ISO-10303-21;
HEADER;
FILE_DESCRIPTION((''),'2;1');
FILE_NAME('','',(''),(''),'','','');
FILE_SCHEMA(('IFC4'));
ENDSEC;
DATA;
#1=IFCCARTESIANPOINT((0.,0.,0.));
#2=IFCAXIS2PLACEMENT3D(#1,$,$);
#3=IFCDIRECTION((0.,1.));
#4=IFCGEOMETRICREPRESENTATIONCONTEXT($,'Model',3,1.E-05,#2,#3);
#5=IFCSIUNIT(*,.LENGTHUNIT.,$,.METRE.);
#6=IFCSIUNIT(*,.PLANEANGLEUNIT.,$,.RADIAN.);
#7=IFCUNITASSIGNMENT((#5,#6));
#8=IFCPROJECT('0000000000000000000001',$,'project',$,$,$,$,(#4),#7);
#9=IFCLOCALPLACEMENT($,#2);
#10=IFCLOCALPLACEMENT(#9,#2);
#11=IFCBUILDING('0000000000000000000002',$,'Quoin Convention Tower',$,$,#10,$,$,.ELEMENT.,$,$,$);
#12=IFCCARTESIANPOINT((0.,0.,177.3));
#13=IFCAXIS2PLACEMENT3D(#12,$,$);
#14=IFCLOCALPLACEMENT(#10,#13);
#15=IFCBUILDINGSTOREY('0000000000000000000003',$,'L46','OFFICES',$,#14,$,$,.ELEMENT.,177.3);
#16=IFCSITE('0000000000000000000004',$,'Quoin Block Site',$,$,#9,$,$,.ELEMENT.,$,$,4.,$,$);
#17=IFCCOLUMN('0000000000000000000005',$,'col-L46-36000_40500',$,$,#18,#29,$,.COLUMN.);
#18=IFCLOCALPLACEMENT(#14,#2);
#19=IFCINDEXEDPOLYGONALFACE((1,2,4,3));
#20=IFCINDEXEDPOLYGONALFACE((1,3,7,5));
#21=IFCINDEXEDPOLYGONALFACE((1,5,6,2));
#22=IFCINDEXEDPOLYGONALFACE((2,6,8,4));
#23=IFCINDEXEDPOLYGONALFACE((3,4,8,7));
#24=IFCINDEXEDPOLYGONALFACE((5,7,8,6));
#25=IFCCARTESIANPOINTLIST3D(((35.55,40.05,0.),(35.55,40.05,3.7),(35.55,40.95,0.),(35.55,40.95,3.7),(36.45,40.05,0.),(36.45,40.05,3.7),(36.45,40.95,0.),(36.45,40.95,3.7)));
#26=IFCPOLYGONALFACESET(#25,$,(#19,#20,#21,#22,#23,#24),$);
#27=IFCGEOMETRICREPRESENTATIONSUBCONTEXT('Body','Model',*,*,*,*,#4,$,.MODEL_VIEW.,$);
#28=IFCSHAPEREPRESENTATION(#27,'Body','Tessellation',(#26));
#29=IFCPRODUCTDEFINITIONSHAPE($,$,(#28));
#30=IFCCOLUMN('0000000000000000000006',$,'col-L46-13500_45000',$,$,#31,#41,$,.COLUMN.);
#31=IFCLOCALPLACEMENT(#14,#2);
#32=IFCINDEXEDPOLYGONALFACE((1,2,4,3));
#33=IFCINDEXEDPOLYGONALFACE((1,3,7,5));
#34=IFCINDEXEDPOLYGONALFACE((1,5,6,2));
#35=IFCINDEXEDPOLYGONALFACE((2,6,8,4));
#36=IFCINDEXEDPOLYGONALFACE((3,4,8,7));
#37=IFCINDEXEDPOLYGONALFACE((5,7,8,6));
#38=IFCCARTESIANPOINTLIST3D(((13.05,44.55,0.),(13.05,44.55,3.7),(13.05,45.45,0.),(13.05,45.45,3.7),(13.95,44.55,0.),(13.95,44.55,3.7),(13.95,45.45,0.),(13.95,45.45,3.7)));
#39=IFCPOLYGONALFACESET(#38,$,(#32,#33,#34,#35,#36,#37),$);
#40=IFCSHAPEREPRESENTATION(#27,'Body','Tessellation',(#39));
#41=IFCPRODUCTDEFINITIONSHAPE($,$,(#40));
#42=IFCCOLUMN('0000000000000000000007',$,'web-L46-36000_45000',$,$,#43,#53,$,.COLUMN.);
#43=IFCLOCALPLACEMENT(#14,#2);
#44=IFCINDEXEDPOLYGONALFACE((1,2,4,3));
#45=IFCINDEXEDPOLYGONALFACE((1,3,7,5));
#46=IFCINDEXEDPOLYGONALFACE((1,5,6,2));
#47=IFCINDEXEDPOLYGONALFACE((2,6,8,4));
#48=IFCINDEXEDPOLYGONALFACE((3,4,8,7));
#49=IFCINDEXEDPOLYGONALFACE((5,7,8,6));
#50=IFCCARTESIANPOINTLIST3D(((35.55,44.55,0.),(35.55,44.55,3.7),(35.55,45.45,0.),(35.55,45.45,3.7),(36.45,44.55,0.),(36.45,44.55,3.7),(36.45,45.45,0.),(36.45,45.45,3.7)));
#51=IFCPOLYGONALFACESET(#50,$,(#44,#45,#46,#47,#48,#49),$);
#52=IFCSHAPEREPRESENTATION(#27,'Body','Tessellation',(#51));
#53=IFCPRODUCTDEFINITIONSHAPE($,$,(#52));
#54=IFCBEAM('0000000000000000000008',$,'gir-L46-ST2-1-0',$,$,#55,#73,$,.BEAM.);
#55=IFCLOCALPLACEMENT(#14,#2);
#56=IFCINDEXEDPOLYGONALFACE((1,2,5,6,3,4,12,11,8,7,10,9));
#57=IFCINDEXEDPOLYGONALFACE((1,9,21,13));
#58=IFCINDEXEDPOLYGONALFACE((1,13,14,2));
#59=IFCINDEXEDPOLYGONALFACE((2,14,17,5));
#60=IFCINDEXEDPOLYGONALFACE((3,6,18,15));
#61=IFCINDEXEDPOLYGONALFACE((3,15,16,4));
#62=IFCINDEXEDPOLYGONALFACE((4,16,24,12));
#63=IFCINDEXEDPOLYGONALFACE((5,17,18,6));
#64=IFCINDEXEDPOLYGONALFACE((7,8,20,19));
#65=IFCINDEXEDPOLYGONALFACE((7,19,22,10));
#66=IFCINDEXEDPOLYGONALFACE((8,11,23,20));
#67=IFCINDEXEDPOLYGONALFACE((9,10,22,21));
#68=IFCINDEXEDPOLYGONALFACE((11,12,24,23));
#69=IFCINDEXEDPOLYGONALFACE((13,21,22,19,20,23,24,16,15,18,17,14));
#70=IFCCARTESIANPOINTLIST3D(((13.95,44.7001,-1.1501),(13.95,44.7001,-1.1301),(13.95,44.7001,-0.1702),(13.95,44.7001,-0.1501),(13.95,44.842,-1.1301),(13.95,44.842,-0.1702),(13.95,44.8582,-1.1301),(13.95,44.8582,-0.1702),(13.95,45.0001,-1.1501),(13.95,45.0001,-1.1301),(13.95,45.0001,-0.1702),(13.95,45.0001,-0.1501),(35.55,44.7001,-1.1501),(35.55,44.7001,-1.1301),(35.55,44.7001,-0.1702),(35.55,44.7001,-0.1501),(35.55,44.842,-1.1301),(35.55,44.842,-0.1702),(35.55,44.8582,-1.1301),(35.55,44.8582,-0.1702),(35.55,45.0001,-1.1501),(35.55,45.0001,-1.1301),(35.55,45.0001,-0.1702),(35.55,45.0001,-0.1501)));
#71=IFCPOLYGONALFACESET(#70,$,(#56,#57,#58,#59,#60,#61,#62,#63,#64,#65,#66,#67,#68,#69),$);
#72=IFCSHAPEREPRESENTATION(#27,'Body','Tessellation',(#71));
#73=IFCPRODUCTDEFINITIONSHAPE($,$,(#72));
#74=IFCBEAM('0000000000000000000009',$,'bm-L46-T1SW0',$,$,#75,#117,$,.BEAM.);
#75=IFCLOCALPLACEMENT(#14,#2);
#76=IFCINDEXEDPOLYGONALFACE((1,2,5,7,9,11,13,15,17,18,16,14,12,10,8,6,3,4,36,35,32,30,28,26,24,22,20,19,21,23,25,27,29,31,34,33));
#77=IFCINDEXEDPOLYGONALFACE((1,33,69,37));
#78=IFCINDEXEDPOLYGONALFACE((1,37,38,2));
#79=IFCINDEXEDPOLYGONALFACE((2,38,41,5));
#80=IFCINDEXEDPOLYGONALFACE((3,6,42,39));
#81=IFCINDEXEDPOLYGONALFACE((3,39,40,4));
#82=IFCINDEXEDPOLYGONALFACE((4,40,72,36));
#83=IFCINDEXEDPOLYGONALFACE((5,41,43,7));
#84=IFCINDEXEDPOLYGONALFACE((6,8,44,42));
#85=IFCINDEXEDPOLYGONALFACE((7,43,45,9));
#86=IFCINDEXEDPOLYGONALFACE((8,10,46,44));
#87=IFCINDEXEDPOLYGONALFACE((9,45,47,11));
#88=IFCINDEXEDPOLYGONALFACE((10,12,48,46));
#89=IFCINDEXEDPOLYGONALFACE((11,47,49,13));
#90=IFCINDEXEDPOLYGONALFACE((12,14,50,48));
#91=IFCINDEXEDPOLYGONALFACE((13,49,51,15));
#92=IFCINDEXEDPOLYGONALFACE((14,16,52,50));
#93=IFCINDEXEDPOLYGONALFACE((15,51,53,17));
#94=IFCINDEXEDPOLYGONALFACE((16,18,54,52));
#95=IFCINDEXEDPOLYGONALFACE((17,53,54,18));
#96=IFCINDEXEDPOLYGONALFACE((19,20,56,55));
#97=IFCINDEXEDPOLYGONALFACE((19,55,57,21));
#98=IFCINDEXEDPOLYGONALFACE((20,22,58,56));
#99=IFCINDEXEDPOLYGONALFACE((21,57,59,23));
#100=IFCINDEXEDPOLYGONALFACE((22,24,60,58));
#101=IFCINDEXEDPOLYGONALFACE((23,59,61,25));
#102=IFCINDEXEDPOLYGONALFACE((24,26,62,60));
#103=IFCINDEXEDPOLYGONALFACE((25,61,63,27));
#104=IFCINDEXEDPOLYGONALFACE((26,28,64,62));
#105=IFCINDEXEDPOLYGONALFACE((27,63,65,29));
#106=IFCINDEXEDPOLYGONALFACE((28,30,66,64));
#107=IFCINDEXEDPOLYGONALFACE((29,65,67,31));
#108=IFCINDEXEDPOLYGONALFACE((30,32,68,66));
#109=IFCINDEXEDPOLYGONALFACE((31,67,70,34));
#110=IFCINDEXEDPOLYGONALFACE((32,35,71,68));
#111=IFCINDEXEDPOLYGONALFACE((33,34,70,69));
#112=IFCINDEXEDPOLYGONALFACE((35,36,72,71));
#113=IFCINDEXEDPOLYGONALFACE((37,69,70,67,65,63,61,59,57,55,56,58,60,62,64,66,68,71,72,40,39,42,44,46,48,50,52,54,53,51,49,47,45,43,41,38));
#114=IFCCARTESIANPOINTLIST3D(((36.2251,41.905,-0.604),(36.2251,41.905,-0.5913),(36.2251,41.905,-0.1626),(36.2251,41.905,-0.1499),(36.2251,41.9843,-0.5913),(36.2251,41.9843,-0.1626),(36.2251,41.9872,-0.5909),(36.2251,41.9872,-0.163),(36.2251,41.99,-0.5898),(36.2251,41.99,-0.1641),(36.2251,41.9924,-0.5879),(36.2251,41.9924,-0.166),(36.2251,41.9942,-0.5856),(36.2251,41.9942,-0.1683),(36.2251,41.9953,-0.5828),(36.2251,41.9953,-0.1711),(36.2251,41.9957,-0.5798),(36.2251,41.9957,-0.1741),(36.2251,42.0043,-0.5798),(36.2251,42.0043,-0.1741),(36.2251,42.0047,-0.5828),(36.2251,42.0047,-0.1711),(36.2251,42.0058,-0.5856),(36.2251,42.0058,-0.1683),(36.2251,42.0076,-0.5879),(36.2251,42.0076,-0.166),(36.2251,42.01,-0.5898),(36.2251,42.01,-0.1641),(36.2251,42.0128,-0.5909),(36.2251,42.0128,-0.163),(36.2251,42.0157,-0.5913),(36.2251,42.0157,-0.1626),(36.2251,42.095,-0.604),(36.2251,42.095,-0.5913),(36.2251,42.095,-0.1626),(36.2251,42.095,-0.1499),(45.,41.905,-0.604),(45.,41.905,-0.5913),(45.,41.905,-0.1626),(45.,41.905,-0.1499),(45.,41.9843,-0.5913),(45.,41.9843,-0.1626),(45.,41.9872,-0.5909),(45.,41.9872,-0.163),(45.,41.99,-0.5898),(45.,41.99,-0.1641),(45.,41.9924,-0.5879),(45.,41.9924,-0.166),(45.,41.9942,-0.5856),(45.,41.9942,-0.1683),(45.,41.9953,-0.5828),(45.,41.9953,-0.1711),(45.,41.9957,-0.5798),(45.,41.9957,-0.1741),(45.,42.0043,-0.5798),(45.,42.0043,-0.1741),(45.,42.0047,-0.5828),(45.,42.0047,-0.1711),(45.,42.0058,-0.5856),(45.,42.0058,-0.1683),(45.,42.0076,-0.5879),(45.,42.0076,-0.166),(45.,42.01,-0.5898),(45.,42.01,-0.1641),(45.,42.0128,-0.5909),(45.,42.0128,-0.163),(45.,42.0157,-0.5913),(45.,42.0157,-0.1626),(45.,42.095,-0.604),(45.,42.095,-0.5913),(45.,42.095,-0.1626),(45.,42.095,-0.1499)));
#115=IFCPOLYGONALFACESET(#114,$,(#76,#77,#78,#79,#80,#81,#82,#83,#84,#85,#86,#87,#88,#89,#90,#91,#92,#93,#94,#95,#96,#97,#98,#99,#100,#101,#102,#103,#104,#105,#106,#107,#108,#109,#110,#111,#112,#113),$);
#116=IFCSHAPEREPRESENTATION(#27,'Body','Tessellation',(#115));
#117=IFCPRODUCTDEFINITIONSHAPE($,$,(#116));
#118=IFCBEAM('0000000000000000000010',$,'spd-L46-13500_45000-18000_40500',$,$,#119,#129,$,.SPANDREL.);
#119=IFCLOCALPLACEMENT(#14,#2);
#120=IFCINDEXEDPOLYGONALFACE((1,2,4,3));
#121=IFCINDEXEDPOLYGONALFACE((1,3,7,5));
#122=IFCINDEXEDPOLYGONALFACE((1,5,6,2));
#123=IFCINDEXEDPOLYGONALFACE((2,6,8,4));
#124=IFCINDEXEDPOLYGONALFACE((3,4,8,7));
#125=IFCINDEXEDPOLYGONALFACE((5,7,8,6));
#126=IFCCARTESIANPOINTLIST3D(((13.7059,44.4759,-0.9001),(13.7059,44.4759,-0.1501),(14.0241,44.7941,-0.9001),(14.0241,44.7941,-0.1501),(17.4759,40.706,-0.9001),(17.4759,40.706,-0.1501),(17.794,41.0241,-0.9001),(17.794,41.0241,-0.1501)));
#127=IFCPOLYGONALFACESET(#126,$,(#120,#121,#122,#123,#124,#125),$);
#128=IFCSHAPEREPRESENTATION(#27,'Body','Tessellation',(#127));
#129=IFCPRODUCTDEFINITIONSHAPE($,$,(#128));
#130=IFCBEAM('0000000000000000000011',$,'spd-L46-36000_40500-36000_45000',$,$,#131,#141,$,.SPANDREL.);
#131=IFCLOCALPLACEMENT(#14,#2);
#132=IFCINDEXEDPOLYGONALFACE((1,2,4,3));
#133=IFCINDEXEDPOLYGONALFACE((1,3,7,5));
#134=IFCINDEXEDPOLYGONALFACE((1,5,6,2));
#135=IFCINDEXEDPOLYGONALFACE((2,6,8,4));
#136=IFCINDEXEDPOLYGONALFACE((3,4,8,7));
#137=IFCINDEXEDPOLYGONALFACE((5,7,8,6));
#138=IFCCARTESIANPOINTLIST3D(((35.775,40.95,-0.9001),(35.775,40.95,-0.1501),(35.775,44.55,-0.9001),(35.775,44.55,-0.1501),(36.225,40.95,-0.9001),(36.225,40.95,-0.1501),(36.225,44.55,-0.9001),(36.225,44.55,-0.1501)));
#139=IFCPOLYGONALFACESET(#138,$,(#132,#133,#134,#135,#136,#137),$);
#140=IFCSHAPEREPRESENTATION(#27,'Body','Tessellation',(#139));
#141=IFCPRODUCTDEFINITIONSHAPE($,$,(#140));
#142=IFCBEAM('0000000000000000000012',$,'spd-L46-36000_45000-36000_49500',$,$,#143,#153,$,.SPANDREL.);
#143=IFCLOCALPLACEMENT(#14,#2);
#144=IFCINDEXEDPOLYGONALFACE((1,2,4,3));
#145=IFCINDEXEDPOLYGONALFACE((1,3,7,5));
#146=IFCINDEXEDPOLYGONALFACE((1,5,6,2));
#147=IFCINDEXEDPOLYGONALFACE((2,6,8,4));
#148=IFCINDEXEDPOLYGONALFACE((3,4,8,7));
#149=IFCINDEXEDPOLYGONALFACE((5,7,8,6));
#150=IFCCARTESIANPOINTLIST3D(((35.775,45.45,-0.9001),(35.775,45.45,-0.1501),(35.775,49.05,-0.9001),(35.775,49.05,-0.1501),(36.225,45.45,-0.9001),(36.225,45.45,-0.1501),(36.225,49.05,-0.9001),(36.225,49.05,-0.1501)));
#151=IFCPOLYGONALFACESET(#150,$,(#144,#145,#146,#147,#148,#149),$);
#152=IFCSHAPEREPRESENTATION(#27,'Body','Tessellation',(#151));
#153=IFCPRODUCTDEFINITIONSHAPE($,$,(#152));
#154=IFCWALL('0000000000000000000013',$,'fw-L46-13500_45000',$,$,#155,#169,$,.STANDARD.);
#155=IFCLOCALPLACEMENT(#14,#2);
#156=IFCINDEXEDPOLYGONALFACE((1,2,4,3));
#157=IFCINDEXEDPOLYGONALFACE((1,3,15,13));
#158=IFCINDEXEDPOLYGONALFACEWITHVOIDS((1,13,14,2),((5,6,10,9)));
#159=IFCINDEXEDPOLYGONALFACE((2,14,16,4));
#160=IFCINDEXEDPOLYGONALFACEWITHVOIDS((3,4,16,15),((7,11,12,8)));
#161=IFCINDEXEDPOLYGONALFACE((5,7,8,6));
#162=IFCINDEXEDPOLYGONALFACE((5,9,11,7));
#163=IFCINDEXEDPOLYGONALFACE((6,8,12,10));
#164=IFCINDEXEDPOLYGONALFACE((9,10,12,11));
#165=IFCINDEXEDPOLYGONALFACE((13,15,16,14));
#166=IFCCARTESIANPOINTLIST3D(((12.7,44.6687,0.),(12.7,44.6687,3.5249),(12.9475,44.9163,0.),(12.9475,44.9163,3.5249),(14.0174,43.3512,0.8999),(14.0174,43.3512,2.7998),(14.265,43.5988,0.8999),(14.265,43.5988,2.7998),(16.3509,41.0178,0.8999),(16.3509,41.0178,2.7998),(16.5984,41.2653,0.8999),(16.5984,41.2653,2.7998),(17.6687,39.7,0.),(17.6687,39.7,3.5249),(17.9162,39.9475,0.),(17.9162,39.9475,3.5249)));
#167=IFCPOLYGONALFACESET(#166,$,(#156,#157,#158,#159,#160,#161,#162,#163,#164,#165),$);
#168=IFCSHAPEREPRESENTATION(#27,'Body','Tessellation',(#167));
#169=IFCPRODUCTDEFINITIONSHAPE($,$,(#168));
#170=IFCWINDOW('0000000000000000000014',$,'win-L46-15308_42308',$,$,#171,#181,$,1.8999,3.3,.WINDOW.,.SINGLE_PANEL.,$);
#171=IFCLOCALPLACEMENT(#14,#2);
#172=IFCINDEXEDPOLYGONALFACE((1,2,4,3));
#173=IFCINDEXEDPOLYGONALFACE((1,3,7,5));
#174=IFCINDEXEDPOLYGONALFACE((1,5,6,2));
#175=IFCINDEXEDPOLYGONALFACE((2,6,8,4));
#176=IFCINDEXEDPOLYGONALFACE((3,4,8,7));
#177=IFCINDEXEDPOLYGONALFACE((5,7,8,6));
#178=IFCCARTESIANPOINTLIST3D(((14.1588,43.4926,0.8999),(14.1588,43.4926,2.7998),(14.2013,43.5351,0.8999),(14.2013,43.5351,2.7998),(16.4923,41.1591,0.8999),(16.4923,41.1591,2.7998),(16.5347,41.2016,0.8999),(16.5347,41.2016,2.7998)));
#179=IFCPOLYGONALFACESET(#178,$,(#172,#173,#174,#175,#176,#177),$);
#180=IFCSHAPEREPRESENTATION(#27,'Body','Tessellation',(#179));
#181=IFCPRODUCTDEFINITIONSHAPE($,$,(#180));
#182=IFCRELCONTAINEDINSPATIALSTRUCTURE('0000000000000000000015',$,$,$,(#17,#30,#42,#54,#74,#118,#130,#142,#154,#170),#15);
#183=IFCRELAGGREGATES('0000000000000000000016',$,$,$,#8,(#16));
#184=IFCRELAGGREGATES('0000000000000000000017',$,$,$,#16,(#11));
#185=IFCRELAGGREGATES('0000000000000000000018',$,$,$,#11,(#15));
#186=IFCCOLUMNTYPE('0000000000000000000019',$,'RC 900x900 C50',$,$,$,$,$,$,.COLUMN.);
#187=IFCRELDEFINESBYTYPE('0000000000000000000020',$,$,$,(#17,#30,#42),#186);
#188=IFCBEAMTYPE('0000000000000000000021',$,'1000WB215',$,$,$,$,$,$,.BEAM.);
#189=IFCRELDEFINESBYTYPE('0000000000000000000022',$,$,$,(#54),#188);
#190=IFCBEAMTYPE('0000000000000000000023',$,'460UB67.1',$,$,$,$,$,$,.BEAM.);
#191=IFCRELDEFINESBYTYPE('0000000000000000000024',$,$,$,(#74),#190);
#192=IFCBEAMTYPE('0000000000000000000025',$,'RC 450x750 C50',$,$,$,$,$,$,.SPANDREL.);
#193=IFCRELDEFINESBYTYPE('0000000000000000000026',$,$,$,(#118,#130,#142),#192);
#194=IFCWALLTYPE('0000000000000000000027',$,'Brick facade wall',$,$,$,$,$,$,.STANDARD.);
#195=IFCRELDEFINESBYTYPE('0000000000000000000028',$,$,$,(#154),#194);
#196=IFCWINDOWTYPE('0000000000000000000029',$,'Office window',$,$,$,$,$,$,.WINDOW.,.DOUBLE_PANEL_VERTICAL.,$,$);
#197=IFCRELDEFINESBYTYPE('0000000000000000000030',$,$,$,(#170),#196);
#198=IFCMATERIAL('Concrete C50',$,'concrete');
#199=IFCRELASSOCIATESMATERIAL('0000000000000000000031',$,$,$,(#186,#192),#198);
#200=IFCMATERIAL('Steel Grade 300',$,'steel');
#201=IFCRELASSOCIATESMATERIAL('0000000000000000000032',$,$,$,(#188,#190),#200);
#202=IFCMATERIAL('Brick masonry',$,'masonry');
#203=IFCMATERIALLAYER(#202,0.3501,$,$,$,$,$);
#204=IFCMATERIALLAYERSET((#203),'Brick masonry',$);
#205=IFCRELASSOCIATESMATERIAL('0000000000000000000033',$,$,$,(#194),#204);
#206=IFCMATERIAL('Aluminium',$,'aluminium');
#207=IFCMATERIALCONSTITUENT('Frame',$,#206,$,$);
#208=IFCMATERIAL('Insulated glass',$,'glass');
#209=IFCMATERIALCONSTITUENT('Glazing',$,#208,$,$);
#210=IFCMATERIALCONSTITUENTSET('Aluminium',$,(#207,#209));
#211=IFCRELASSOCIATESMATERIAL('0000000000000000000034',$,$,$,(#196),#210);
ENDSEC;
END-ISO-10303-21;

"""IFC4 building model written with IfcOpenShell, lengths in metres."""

from ifc_helpers import new_model, si_unit, direction, frame, frame_2d, origin, origin_2d, place, context, subcontext, project, spatial, rectangle, i_section, extrude, material, layer, layer_set, constituent, constituent_set, material_profile, profile_set, type_object, element, fill, save


model = new_model("IFC4")

# Units and contexts
model_context = context("Model", 3, precision=1e-05, world=origin(), true_north=direction((0.0, 1.0)))
body_context = subcontext(model_context, "Body", "Model", "MODEL_VIEW")
ifc_project = project(units=[si_unit("LENGTHUNIT", "METRE"), si_unit("PLANEANGLEUNIT", "RADIAN")], contexts=[model_context])

# Site, building, storey
site_placement = place(None, origin())
site = spatial("IfcSite", under=ifc_project, at=site_placement, Name="Quoin Block Site", CompositionType="ELEMENT", RefElevation=4.0)
building_placement = place(site_placement, origin())
building = spatial("IfcBuilding", under=site, at=building_placement, Name="Quoin Convention Tower", CompositionType="ELEMENT")
storey_placement = place(building_placement, frame((0.0, 0.0, 177.3)))
storey = spatial("IfcBuildingStorey", under=building, at=storey_placement, Name="L46", Description="OFFICES", CompositionType="ELEMENT", Elevation=177.3)

# Columns
ifc_material_1 = material(Name="Concrete C50", Category="concrete")
ifc_material_profile_1 = material_profile(ifc_material_1, rectangle(XDim=0.8999, YDim=0.8999, at=origin_2d()), Name="RC 900x900")
ifc_profile_set_1 = profile_set([ifc_material_profile_1], Name="Concrete C50")
column_type = type_object("IfcColumnType", Name="RC 900x900 C50", PredefinedType="COLUMN", material=ifc_profile_set_1)
for number, where, z_axis, x_axis, name in (
    (1, (36.0, 40.5, 0.0), (0.0, 0.0, 1.0), (1.0, 0.0, 0.0), "col-L46-36000_40500"),
    (2, (13.5, 45.0, 0.0), (0.0, 0.0, 1.0), (1.0, 0.0, 0.0), "col-L46-13500_45000"),
    (3, (36.0, 45.0, 0.0), (0.0, 0.0, 1.0), (1.0, 0.0, 0.0), "web-L46-36000_45000"),
):
    element("IfcColumn", number, at=place(storey_placement, frame(where, z_axis=z_axis, x_axis=x_axis)), inside=storey, type_object=column_type, Name=name, PredefinedType="COLUMN", context=body_context, shape_type="SweptSolid", body=[
        extrude(rectangle(XDim=0.8999, YDim=0.8999, at=origin_2d()), origin(), (0.0, 0.0, 1.0), 3.7),
    ])

# Beams
ifc_material_2 = material(Name="Steel Grade 300", Category="steel")
ifc_material_profile_2 = material_profile(ifc_material_2, i_section(OverallWidth=0.3, OverallDepth=1.0, WebThickness=0.0161, FlangeThickness=0.02, at=origin_2d()), Name="1000WB215")
ifc_profile_set_2 = profile_set([ifc_material_profile_2], Name="Steel Grade 300")
beam_type_1 = type_object("IfcBeamType", Name="1000WB215", PredefinedType="BEAM", material=ifc_profile_set_2)
beam_1_placement = place(storey_placement, frame((13.95, 44.8501, -0.6501), z_axis=(1.0, 0.0, 0.0), x_axis=(0.0, 1.0, 0.0)))
element("IfcBeam", 4, at=beam_1_placement, inside=storey, type_object=beam_type_1, Name="gir-L46-ST2-1-0", PredefinedType="BEAM", context=body_context, shape_type="SweptSolid", body=[
    extrude(i_section(OverallWidth=0.3, OverallDepth=1.0, WebThickness=0.0161, FlangeThickness=0.02, at=origin_2d()), origin(), (0.0, 0.0, 1.0), 21.6001),
])
ifc_material_profile_3 = material_profile(ifc_material_2, i_section(OverallWidth=0.1899, OverallDepth=0.4541, WebThickness=0.0085, FlangeThickness=0.0127, FilletRadius=0.0115, at=origin_2d()), Name="460UB67.1")
ifc_profile_set_3 = profile_set([ifc_material_profile_3], Name="Steel Grade 300")
beam_type_2 = type_object("IfcBeamType", Name="460UB67.1", PredefinedType="BEAM", material=ifc_profile_set_3)
beam_2_placement = place(storey_placement, frame((36.2251, 42.0, -0.377), z_axis=(1.0, 0.0, 0.0), x_axis=(0.0, 1.0, 0.0)))
element("IfcBeam", 5, at=beam_2_placement, inside=storey, type_object=beam_type_2, Name="bm-L46-T1SW0", PredefinedType="BEAM", context=body_context, shape_type="SweptSolid", body=[
    extrude(i_section(OverallWidth=0.1899, OverallDepth=0.4541, WebThickness=0.0085, FlangeThickness=0.0127, FilletRadius=0.0115, at=origin_2d()), origin(), (0.0, 0.0, 1.0), 8.7749),
])
ifc_material_profile_4 = material_profile(ifc_material_1, rectangle(XDim=0.45, YDim=0.75, at=origin_2d()), Name="RC 450x750")
ifc_profile_set_4 = profile_set([ifc_material_profile_4], Name="Concrete C50")
beam_type_3 = type_object("IfcBeamType", Name="RC 450x750 C50", PredefinedType="SPANDREL", material=ifc_profile_set_4)
beam_3_placement = place(storey_placement, frame((13.865, 44.635, -0.5251), z_axis=(0.707107, -0.707107, 0.0), x_axis=(0.707107, 0.707107, 0.0)))
element("IfcBeam", 6, at=beam_3_placement, inside=storey, type_object=beam_type_3, Name="spd-L46-13500_45000-18000_40500", PredefinedType="SPANDREL", context=body_context, shape_type="SweptSolid", body=[
    extrude(rectangle(XDim=0.45, YDim=0.75, at=origin_2d()), origin(), (0.0, 0.0, 1.0), 5.3315),
])
for number, where, z_axis, x_axis, name in (
    (7, (36.0, 40.95, -0.5251), (0.0, 1.0, 0.0), (-1.0, 0.0, 0.0), "spd-L46-36000_40500-36000_45000"),
    (8, (36.0, 45.45, -0.5251), (0.0, 1.0, 0.0), (-1.0, 0.0, 0.0), "spd-L46-36000_45000-36000_49500"),
):
    element("IfcBeam", number, at=place(storey_placement, frame(where, z_axis=z_axis, x_axis=x_axis)), inside=storey, type_object=beam_type_3, Name=name, PredefinedType="SPANDREL", context=body_context, shape_type="SweptSolid", body=[
        extrude(rectangle(XDim=0.45, YDim=0.75, at=origin_2d()), origin(), (0.0, 0.0, 1.0), 3.6001),
    ])

# Wall, opening, window
ifc_material_3 = material(Name="Brick masonry", Category="masonry")
ifc_layer_1 = layer(ifc_material_3, 0.3501)
ifc_layer_set_1 = layer_set([ifc_layer_1], Name="Brick masonry")
wall_type_1 = type_object("IfcWallType", Name="Brick facade wall", PredefinedType="STANDARD", material=ifc_layer_set_1)
wall_1_placement = place(storey_placement, frame((12.8237, 44.7925, 0.0), z_axis=(0.0, 0.0, 1.0), x_axis=(0.707107, -0.707107, 0.0)))
wall_1 = element("IfcWall", 9, at=wall_1_placement, inside=storey, type_object=wall_type_1, Name="fw-L46-13500_45000", PredefinedType="STANDARD", context=body_context, shape_type="SweptSolid", body=[
    extrude(rectangle(XDim=7.0269, YDim=0.3501, at=frame_2d((3.5134, 0.0))), origin(), (0.0, 0.0, 1.0), 3.5249),
])
opening_1_placement = place(wall_1_placement, frame((1.8633, 0.0, 0.8999)))
opening_1 = element("IfcOpeningElement", 10, at=opening_1_placement, cuts=wall_1, PredefinedType="OPENING", context=body_context, shape_type="SweptSolid", body=[
    extrude(rectangle(XDim=3.3, YDim=1.8999, at=frame_2d((1.6499, 0.95))), frame((0.0, 0.1851, 0.0), z_axis=(0.0, -1.0, 0.0), x_axis=(1.0, 0.0, 0.0)), (0.0, 0.0, 1.0), 0.3701),
])
ifc_material_4 = material(Name="Aluminium", Category="aluminium")
ifc_constituent_1 = constituent(ifc_material_4, Name="Frame")
ifc_material_5 = material(Name="Insulated glass", Category="glass")
ifc_constituent_2 = constituent(ifc_material_5, Name="Glazing")
ifc_constituent_set = constituent_set(constituents=[ifc_constituent_1, ifc_constituent_2], Name="Aluminium")
window_type = type_object("IfcWindowType", Name="Office window", PartitioningType="DOUBLE_PANEL_VERTICAL", PredefinedType="WINDOW", material=ifc_constituent_set)
window_placement = place(opening_1_placement, origin())
window = element("IfcWindow", 11, at=window_placement, inside=storey, type_object=window_type, Name="win-L46-15308_42308", OverallHeight=1.8999, OverallWidth=3.3, PartitioningType="SINGLE_PANEL", PredefinedType="WINDOW", context=body_context, shape_type="SweptSolid", body=[
    extrude(rectangle(XDim=3.3, YDim=1.8999, at=frame_2d((1.6499, 0.95))), frame((0.0, 0.085, 0.0), z_axis=(0.0, -1.0, 0.0), x_axis=(1.0, 0.0, 0.0)), (0.0, 0.0, 1.0), 0.0601),
])
fill(opening_1, window)

save(model, "model.ifc")
